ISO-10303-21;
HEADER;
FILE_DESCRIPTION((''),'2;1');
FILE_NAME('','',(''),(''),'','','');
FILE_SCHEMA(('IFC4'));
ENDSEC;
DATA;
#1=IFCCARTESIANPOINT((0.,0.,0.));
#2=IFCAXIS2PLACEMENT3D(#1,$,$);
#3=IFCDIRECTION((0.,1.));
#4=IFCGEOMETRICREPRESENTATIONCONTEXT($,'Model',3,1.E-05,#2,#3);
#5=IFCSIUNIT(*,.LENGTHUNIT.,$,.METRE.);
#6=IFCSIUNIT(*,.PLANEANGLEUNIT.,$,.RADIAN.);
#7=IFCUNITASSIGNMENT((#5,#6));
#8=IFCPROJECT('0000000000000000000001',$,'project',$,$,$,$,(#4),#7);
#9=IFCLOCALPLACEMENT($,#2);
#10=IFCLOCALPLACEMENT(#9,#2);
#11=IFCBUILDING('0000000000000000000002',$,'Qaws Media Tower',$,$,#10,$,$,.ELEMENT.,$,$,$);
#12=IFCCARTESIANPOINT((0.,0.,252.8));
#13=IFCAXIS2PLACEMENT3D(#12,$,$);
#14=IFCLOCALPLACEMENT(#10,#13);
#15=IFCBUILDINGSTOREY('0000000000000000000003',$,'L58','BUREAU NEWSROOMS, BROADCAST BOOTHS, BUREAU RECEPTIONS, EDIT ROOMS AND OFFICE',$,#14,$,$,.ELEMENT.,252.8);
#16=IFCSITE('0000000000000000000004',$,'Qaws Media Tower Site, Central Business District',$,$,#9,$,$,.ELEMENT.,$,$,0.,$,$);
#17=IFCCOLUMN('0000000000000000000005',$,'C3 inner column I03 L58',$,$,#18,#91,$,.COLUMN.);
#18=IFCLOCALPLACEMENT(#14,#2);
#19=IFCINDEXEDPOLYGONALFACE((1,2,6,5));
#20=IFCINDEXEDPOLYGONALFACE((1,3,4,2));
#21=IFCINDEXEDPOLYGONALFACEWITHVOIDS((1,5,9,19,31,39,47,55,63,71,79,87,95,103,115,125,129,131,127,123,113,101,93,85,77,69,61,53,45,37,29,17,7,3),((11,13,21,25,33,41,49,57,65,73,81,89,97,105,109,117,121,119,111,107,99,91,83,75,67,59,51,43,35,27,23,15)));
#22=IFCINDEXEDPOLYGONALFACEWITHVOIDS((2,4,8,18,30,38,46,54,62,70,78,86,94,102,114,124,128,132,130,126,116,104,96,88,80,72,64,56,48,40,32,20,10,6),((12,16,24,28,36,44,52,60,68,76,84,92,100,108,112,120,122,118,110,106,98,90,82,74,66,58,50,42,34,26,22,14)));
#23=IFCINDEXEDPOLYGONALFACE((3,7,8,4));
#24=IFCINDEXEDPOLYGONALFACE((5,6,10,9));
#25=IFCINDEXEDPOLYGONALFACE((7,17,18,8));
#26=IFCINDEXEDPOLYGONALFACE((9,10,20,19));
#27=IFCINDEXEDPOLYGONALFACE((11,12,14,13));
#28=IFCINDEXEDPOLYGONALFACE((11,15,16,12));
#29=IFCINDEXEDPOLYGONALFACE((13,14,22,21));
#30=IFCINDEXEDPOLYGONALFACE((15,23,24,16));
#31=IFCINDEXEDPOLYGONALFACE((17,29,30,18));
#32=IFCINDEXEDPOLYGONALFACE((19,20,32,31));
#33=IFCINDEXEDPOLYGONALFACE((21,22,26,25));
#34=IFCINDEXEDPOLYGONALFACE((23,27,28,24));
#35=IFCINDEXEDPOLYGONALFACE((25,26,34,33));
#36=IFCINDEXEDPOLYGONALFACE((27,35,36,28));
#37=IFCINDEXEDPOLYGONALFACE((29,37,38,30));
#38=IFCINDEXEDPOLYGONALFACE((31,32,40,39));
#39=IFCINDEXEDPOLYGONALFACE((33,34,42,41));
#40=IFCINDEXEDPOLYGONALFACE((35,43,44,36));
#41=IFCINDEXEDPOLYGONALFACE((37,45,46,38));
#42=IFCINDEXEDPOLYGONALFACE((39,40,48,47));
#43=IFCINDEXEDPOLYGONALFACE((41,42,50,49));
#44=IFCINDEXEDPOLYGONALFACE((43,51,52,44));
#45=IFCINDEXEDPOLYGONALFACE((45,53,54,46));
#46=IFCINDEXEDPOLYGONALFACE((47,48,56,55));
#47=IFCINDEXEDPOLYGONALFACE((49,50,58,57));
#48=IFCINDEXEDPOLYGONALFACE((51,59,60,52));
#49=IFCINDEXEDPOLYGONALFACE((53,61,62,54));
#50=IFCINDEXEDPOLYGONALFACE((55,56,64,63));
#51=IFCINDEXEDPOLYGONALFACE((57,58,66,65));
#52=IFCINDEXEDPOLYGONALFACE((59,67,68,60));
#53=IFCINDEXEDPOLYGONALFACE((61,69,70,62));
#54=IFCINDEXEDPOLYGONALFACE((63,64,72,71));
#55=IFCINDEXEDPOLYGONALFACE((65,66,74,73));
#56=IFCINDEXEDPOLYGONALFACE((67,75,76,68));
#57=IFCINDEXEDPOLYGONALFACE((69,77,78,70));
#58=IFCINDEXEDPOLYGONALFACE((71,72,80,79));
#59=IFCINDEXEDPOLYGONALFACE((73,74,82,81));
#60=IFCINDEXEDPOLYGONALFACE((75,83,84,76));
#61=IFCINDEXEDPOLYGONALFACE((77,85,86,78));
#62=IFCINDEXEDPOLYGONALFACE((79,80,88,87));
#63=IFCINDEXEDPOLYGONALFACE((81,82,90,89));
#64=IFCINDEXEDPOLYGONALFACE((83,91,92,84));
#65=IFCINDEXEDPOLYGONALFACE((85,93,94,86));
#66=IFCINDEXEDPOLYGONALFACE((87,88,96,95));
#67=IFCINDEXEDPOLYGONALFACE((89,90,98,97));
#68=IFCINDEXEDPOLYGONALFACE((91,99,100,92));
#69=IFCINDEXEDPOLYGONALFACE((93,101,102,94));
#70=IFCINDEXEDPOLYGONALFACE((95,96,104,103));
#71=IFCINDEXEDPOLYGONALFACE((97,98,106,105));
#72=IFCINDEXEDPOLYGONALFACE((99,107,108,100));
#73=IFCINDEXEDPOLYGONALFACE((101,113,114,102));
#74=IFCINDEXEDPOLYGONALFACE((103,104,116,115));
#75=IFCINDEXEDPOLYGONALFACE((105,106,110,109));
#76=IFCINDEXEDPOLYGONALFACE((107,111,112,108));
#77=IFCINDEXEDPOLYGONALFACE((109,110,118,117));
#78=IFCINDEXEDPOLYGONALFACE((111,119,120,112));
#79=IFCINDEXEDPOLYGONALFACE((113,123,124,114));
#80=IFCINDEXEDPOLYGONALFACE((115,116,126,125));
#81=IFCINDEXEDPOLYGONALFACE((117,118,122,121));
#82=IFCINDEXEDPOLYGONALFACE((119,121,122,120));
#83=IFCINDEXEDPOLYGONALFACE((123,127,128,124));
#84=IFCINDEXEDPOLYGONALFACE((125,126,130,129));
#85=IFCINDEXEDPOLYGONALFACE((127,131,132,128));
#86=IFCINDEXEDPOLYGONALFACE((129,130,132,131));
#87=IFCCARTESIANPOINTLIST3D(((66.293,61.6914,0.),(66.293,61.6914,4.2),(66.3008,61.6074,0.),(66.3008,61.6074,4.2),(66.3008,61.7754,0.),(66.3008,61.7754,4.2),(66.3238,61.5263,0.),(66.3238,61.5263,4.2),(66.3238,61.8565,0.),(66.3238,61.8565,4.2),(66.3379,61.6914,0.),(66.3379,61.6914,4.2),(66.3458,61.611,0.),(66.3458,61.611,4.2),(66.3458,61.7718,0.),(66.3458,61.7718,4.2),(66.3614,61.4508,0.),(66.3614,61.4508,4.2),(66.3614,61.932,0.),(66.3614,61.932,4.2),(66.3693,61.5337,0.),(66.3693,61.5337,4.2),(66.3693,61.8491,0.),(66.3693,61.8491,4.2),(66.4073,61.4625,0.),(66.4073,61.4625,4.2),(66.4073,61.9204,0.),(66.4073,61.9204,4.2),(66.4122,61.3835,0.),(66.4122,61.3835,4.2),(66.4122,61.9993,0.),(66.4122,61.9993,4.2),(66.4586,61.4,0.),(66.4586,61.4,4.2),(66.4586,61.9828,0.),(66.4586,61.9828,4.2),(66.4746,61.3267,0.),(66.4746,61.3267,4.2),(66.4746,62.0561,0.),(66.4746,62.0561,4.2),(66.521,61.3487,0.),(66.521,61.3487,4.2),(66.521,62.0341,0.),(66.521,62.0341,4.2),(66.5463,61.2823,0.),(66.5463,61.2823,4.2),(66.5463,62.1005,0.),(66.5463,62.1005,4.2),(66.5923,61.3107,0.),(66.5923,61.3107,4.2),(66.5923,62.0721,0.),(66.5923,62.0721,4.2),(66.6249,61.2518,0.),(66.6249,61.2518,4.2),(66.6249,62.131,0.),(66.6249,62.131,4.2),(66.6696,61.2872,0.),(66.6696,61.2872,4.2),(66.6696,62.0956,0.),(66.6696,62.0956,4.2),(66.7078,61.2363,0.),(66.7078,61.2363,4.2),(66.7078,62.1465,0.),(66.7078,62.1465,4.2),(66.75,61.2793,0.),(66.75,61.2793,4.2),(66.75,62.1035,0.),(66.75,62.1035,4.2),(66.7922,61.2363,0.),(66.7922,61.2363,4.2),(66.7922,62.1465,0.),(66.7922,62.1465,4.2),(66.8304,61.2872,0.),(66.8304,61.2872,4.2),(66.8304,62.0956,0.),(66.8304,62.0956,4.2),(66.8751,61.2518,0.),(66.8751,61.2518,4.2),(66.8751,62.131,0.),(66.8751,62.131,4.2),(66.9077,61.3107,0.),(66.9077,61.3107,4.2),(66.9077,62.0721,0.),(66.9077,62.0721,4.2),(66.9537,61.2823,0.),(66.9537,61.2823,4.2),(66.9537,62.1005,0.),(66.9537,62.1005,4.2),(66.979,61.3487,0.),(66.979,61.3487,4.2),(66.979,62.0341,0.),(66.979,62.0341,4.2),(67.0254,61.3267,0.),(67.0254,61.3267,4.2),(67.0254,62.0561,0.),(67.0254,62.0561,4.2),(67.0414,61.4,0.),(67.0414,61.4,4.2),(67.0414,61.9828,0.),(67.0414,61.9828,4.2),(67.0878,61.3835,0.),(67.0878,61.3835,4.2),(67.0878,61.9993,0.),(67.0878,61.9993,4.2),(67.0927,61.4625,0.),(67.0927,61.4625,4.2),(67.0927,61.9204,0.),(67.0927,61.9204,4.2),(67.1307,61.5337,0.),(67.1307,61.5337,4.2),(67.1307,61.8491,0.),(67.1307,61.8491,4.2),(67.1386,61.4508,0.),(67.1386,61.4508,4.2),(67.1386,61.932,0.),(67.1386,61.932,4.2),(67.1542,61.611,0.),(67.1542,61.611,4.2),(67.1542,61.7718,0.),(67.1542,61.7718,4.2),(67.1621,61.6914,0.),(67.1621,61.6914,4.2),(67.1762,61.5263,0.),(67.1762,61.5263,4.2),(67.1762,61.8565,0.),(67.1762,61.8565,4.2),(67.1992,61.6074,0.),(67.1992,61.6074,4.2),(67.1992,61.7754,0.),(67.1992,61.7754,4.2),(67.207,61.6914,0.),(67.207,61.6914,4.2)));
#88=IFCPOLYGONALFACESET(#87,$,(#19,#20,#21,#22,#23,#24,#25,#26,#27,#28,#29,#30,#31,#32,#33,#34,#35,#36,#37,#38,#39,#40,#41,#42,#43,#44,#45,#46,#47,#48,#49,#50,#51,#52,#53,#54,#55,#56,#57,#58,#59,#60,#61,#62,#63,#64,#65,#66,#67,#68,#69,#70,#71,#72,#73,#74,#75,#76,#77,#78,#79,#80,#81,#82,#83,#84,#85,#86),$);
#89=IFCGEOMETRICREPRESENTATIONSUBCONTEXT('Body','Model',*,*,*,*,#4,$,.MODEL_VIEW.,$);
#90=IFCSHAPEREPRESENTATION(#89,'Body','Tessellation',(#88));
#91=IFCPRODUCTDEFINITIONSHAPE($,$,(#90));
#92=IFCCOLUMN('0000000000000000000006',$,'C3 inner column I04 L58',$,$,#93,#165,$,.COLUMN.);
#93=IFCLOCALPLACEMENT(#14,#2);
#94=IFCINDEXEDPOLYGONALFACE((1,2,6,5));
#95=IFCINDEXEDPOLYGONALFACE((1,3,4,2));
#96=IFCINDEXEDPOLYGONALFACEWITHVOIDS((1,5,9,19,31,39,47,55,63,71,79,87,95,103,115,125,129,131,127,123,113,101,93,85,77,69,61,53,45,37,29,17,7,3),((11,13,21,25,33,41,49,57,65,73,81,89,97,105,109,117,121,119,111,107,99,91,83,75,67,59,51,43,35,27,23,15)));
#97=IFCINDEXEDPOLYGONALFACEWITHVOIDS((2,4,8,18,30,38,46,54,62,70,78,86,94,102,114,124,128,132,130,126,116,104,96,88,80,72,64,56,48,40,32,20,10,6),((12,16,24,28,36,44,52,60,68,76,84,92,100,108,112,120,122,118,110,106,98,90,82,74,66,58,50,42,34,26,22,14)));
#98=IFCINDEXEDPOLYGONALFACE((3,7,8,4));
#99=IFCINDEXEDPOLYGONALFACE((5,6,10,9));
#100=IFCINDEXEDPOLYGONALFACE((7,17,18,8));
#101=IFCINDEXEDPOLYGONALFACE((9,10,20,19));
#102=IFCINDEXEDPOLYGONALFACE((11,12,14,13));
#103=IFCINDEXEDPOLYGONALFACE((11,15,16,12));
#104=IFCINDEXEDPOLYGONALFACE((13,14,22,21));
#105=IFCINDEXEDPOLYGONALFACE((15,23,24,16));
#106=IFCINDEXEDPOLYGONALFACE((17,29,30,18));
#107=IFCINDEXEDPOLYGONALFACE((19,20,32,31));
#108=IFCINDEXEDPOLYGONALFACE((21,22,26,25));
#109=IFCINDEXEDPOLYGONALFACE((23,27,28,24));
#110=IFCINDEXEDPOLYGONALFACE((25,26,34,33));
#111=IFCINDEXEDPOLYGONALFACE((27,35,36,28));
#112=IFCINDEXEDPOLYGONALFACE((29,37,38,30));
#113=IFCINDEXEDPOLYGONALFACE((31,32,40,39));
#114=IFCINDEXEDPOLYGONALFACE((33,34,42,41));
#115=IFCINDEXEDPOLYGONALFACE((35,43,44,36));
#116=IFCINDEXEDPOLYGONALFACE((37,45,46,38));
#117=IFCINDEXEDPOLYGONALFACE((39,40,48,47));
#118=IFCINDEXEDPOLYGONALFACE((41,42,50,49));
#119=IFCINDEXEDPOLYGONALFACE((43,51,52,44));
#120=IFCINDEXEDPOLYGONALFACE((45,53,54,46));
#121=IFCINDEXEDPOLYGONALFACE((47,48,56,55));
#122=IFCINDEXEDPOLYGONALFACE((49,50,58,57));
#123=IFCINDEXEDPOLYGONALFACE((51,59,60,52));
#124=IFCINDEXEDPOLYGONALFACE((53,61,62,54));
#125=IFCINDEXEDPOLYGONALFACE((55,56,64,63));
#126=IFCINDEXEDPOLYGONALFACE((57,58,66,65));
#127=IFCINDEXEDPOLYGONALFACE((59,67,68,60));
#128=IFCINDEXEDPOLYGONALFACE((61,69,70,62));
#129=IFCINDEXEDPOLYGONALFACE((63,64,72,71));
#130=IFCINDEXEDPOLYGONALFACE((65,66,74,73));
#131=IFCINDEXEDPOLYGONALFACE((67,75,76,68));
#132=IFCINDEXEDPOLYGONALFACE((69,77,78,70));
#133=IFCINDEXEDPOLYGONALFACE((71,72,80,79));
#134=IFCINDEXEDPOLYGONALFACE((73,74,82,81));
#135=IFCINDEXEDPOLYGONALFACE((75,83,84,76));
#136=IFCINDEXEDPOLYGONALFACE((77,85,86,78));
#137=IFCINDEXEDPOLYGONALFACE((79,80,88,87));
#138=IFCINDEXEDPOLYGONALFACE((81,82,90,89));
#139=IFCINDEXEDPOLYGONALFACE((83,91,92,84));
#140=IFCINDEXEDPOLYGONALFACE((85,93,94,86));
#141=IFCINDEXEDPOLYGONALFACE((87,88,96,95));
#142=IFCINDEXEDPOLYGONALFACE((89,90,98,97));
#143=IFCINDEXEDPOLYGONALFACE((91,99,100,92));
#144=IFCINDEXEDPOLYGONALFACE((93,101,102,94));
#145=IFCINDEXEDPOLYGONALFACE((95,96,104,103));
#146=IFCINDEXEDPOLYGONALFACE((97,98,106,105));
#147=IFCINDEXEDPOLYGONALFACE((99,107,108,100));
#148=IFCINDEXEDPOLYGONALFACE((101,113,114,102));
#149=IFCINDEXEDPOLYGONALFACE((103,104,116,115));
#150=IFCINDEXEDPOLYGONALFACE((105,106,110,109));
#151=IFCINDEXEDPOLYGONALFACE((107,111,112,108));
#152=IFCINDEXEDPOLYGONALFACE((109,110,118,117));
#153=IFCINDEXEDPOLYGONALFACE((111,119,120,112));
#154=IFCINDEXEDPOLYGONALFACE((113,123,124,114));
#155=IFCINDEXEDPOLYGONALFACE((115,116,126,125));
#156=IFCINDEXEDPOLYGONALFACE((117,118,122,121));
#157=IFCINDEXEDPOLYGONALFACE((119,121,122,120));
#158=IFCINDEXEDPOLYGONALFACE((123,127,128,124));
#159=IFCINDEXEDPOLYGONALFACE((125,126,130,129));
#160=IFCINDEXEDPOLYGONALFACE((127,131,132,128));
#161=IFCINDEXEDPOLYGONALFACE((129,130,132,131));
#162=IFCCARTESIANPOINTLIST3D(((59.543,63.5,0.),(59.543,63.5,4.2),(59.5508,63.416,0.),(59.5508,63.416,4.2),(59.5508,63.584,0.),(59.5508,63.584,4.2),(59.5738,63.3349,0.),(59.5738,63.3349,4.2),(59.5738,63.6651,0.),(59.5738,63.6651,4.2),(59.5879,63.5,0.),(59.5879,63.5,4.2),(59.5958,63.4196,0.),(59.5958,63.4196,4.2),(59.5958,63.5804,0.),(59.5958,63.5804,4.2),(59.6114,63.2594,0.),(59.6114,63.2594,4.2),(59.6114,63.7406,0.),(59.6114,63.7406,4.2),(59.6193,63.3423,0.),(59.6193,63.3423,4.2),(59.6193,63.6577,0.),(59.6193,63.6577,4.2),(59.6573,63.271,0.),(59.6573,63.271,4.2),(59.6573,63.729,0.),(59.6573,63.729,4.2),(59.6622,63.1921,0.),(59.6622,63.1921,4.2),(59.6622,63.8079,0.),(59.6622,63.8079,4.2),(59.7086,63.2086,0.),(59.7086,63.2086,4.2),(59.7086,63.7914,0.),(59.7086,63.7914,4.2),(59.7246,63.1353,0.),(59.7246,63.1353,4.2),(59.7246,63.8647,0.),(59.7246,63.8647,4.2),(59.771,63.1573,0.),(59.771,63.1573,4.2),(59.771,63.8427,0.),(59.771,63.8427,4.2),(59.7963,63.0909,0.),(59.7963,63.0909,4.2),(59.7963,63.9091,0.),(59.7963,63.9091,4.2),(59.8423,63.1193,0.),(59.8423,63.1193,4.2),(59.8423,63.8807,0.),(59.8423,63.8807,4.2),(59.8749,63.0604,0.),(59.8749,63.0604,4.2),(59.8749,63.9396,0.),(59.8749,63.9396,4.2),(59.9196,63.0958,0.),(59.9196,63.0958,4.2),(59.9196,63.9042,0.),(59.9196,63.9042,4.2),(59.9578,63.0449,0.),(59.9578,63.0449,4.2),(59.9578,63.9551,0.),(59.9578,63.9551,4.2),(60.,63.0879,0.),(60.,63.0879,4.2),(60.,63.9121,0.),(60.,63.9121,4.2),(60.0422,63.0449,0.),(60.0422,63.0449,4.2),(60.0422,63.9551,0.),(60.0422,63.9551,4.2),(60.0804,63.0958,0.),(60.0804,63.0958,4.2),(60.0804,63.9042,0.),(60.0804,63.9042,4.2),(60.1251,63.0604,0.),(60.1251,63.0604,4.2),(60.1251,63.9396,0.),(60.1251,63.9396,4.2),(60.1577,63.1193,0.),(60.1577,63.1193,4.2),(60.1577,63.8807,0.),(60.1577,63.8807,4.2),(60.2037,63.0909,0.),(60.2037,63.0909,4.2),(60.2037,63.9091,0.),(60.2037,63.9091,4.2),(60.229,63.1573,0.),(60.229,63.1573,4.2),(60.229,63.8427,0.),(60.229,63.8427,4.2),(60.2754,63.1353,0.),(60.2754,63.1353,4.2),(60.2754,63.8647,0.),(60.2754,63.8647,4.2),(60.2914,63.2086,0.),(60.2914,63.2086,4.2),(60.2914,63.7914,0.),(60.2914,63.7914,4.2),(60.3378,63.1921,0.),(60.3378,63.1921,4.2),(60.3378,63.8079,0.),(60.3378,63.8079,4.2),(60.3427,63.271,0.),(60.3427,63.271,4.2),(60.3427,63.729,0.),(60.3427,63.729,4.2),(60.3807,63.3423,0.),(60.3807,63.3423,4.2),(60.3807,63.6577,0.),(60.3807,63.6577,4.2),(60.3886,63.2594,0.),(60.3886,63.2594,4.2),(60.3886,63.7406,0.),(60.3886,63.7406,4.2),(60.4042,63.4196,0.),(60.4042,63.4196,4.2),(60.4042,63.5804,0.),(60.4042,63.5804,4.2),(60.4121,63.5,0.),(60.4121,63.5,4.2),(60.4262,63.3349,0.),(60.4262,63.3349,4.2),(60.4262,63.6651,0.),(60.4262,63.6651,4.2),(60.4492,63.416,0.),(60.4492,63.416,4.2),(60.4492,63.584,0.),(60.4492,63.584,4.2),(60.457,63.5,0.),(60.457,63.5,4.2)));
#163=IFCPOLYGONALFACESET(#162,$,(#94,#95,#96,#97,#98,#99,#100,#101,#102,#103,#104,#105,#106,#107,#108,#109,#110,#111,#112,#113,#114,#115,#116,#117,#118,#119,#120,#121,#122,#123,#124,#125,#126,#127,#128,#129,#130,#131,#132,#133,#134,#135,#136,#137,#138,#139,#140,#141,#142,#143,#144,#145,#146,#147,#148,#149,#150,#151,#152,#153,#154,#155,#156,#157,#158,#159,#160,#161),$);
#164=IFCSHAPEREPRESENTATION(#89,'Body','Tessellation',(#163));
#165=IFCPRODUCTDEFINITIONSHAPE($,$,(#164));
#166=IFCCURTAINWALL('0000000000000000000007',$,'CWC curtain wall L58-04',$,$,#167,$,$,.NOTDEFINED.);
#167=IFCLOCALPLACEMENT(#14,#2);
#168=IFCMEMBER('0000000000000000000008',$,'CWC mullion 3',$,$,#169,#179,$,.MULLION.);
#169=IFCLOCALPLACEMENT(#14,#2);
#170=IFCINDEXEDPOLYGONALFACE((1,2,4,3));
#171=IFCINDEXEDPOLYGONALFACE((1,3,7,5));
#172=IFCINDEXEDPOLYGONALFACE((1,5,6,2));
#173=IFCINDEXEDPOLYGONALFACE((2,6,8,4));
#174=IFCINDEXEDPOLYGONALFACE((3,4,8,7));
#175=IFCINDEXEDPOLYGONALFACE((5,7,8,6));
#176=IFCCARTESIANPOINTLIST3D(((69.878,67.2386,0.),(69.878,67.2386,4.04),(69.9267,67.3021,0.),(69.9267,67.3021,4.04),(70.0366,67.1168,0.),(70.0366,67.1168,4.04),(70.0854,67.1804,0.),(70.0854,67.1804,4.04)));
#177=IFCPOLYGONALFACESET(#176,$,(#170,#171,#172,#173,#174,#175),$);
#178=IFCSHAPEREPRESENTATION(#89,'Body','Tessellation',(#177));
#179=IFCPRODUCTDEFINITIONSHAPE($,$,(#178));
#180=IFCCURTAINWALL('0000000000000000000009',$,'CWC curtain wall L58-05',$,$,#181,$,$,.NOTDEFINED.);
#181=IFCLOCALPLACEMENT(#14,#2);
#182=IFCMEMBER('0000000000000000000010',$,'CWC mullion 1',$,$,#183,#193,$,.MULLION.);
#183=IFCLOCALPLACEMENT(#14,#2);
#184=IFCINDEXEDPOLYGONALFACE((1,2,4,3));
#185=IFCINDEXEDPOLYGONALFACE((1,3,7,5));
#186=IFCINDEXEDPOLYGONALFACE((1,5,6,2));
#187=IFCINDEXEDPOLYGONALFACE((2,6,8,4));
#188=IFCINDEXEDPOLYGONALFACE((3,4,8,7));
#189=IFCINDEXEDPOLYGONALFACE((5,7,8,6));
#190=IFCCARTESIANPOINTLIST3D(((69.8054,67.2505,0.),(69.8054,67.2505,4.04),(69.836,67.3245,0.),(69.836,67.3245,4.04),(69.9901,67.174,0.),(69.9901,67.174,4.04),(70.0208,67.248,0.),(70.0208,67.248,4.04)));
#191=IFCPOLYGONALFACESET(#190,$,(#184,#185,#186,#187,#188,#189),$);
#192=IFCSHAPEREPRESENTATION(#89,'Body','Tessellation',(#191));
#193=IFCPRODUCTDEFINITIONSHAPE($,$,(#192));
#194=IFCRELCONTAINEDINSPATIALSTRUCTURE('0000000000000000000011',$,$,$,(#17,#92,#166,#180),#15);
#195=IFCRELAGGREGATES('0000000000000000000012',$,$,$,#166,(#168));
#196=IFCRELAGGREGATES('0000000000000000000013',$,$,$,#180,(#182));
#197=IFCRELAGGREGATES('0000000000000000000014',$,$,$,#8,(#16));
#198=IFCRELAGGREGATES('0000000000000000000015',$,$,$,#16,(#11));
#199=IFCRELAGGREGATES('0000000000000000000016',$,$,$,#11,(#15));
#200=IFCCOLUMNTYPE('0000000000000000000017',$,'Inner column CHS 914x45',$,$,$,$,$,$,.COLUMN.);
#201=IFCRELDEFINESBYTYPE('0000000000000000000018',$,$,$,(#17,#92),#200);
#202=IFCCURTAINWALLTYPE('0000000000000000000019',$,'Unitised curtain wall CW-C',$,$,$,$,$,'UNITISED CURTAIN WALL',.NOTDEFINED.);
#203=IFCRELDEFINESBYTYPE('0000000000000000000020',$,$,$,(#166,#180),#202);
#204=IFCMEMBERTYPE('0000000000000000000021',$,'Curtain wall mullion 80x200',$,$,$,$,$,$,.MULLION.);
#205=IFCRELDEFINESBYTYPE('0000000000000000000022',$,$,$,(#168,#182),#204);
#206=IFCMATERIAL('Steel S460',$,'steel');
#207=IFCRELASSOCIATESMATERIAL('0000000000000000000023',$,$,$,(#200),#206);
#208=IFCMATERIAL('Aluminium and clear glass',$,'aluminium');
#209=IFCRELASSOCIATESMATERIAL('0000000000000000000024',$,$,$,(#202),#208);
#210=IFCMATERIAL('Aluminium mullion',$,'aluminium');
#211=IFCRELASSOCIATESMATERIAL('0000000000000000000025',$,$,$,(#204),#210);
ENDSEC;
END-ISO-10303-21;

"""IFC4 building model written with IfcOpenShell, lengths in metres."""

from ifc_helpers import new_model, si_unit, direction, frame, origin, origin_2d, place, context, subcontext, project, spatial, rectangle, hollow_circle, extrude, material, material_profile, profile_set, type_object, element, aggregate, save


model = new_model("IFC4")

# Units and contexts
model_context = context("Model", 3, precision=1e-05, world=origin(), true_north=direction((0.0, 1.0)))
body_context = subcontext(model_context, "Body", "Model", "MODEL_VIEW")
ifc_project = project(units=[si_unit("LENGTHUNIT", "METRE"), si_unit("PLANEANGLEUNIT", "RADIAN")], contexts=[model_context])

# Site, building, storey
site_placement = place(None, origin())
site = spatial("IfcSite", under=ifc_project, at=site_placement, Name="Qaws Media Tower Site, Central Business District", CompositionType="ELEMENT", RefElevation=0.0)
building_placement = place(site_placement, origin())
building = spatial("IfcBuilding", under=site, at=building_placement, Name="Qaws Media Tower", CompositionType="ELEMENT")
storey_placement = place(building_placement, frame((0.0, 0.0, 252.8)))
storey = spatial("IfcBuildingStorey", under=building, at=storey_placement, Name="L58", Description="BUREAU NEWSROOMS, BROADCAST BOOTHS, BUREAU RECEPTIONS, EDIT ROOMS AND OFFICE", CompositionType="ELEMENT", Elevation=252.8)

# Columns
ifc_material_1 = material(Name="Steel S460", Category="steel")
ifc_material_profile_1 = material_profile(ifc_material_1, hollow_circle(Radius=0.457, WallThickness=0.0449, at=origin_2d()), Name="CHS 914x45")
ifc_profile_set_1 = profile_set([ifc_material_profile_1], Name="Steel S460")
column_type = type_object("IfcColumnType", Name="Inner column CHS 914x45", PredefinedType="COLUMN", material=ifc_profile_set_1)
for number, where, z_axis, x_axis, name in (
    (1, (66.75, 61.6914, 0.0), (0.0, 0.0, 1.0), (1.0, 0.0, 0.0), "C3 inner column I03 L58"),
    (2, (60.0, 63.5, 0.0), (0.0, 0.0, 1.0), (1.0, 0.0, 0.0), "C3 inner column I04 L58"),
):
    element("IfcColumn", number, at=place(storey_placement, frame(where, z_axis=z_axis, x_axis=x_axis)), inside=storey, type_object=column_type, Name=name, PredefinedType="COLUMN", context=body_context, shape_type="SweptSolid", body=[
        extrude(hollow_circle(Radius=0.457, WallThickness=0.0449, at=origin_2d()), origin(), (0.0, 0.0, 1.0), 4.2),
    ])

# Curtain walls, members
ifc_material_2 = material(Name="Aluminium and clear glass", Category="aluminium")
curtain_wall_type = type_object("IfcCurtainWallType", Name="Unitised curtain wall CW-C", ElementType="UNITISED CURTAIN WALL", PredefinedType="NOTDEFINED", material=ifc_material_2)
curtain_wall_1_placement = place(storey_placement, origin())
curtain_wall_1 = element("IfcCurtainWall", 3, at=curtain_wall_1_placement, inside=storey, type_object=curtain_wall_type, Name="CWC curtain wall L58-04", PredefinedType="NOTDEFINED")
ifc_material_3 = material(Name="Aluminium mullion", Category="aluminium")
ifc_material_profile_2 = material_profile(ifc_material_3, rectangle(XDim=0.0801, YDim=0.2, at=origin_2d()), Name="80x200")
ifc_profile_set_2 = profile_set([ifc_material_profile_2], Name="Aluminium mullion")
member_type = type_object("IfcMemberType", Name="Curtain wall mullion 80x200", PredefinedType="MULLION", material=ifc_profile_set_2)
member_1_placement = place(storey_placement, frame((69.9817, 67.2095, 0.0), z_axis=(0.0, 0.0, 1.0), x_axis=(-0.608761, -0.793353, 0.0)))
member_1 = element("IfcMember", 4, at=member_1_placement, type_object=member_type, Name="CWC mullion 3", PredefinedType="MULLION", context=body_context, shape_type="SweptSolid", body=[
    extrude(rectangle(XDim=0.0801, YDim=0.2, at=origin_2d()), origin(), (0.0, 0.0, 1.0), 4.04),
])
aggregate(curtain_wall_1, [member_1])
curtain_wall_2_placement = place(storey_placement, origin())
curtain_wall_2 = element("IfcCurtainWall", 5, at=curtain_wall_2_placement, inside=storey, type_object=curtain_wall_type, Name="CWC curtain wall L58-05", PredefinedType="NOTDEFINED")
member_2_placement = place(storey_placement, frame((69.9131, 67.2493, 0.0), z_axis=(0.0, 0.0, 1.0), x_axis=(-0.382683, -0.92388, 0.0)))
member_2 = element("IfcMember", 6, at=member_2_placement, type_object=member_type, Name="CWC mullion 1", PredefinedType="MULLION", context=body_context, shape_type="SweptSolid", body=[
    extrude(rectangle(XDim=0.0801, YDim=0.2, at=origin_2d()), origin(), (0.0, 0.0, 1.0), 4.04),
])
aggregate(curtain_wall_2, [member_2])

save(model, "model.ifc")
